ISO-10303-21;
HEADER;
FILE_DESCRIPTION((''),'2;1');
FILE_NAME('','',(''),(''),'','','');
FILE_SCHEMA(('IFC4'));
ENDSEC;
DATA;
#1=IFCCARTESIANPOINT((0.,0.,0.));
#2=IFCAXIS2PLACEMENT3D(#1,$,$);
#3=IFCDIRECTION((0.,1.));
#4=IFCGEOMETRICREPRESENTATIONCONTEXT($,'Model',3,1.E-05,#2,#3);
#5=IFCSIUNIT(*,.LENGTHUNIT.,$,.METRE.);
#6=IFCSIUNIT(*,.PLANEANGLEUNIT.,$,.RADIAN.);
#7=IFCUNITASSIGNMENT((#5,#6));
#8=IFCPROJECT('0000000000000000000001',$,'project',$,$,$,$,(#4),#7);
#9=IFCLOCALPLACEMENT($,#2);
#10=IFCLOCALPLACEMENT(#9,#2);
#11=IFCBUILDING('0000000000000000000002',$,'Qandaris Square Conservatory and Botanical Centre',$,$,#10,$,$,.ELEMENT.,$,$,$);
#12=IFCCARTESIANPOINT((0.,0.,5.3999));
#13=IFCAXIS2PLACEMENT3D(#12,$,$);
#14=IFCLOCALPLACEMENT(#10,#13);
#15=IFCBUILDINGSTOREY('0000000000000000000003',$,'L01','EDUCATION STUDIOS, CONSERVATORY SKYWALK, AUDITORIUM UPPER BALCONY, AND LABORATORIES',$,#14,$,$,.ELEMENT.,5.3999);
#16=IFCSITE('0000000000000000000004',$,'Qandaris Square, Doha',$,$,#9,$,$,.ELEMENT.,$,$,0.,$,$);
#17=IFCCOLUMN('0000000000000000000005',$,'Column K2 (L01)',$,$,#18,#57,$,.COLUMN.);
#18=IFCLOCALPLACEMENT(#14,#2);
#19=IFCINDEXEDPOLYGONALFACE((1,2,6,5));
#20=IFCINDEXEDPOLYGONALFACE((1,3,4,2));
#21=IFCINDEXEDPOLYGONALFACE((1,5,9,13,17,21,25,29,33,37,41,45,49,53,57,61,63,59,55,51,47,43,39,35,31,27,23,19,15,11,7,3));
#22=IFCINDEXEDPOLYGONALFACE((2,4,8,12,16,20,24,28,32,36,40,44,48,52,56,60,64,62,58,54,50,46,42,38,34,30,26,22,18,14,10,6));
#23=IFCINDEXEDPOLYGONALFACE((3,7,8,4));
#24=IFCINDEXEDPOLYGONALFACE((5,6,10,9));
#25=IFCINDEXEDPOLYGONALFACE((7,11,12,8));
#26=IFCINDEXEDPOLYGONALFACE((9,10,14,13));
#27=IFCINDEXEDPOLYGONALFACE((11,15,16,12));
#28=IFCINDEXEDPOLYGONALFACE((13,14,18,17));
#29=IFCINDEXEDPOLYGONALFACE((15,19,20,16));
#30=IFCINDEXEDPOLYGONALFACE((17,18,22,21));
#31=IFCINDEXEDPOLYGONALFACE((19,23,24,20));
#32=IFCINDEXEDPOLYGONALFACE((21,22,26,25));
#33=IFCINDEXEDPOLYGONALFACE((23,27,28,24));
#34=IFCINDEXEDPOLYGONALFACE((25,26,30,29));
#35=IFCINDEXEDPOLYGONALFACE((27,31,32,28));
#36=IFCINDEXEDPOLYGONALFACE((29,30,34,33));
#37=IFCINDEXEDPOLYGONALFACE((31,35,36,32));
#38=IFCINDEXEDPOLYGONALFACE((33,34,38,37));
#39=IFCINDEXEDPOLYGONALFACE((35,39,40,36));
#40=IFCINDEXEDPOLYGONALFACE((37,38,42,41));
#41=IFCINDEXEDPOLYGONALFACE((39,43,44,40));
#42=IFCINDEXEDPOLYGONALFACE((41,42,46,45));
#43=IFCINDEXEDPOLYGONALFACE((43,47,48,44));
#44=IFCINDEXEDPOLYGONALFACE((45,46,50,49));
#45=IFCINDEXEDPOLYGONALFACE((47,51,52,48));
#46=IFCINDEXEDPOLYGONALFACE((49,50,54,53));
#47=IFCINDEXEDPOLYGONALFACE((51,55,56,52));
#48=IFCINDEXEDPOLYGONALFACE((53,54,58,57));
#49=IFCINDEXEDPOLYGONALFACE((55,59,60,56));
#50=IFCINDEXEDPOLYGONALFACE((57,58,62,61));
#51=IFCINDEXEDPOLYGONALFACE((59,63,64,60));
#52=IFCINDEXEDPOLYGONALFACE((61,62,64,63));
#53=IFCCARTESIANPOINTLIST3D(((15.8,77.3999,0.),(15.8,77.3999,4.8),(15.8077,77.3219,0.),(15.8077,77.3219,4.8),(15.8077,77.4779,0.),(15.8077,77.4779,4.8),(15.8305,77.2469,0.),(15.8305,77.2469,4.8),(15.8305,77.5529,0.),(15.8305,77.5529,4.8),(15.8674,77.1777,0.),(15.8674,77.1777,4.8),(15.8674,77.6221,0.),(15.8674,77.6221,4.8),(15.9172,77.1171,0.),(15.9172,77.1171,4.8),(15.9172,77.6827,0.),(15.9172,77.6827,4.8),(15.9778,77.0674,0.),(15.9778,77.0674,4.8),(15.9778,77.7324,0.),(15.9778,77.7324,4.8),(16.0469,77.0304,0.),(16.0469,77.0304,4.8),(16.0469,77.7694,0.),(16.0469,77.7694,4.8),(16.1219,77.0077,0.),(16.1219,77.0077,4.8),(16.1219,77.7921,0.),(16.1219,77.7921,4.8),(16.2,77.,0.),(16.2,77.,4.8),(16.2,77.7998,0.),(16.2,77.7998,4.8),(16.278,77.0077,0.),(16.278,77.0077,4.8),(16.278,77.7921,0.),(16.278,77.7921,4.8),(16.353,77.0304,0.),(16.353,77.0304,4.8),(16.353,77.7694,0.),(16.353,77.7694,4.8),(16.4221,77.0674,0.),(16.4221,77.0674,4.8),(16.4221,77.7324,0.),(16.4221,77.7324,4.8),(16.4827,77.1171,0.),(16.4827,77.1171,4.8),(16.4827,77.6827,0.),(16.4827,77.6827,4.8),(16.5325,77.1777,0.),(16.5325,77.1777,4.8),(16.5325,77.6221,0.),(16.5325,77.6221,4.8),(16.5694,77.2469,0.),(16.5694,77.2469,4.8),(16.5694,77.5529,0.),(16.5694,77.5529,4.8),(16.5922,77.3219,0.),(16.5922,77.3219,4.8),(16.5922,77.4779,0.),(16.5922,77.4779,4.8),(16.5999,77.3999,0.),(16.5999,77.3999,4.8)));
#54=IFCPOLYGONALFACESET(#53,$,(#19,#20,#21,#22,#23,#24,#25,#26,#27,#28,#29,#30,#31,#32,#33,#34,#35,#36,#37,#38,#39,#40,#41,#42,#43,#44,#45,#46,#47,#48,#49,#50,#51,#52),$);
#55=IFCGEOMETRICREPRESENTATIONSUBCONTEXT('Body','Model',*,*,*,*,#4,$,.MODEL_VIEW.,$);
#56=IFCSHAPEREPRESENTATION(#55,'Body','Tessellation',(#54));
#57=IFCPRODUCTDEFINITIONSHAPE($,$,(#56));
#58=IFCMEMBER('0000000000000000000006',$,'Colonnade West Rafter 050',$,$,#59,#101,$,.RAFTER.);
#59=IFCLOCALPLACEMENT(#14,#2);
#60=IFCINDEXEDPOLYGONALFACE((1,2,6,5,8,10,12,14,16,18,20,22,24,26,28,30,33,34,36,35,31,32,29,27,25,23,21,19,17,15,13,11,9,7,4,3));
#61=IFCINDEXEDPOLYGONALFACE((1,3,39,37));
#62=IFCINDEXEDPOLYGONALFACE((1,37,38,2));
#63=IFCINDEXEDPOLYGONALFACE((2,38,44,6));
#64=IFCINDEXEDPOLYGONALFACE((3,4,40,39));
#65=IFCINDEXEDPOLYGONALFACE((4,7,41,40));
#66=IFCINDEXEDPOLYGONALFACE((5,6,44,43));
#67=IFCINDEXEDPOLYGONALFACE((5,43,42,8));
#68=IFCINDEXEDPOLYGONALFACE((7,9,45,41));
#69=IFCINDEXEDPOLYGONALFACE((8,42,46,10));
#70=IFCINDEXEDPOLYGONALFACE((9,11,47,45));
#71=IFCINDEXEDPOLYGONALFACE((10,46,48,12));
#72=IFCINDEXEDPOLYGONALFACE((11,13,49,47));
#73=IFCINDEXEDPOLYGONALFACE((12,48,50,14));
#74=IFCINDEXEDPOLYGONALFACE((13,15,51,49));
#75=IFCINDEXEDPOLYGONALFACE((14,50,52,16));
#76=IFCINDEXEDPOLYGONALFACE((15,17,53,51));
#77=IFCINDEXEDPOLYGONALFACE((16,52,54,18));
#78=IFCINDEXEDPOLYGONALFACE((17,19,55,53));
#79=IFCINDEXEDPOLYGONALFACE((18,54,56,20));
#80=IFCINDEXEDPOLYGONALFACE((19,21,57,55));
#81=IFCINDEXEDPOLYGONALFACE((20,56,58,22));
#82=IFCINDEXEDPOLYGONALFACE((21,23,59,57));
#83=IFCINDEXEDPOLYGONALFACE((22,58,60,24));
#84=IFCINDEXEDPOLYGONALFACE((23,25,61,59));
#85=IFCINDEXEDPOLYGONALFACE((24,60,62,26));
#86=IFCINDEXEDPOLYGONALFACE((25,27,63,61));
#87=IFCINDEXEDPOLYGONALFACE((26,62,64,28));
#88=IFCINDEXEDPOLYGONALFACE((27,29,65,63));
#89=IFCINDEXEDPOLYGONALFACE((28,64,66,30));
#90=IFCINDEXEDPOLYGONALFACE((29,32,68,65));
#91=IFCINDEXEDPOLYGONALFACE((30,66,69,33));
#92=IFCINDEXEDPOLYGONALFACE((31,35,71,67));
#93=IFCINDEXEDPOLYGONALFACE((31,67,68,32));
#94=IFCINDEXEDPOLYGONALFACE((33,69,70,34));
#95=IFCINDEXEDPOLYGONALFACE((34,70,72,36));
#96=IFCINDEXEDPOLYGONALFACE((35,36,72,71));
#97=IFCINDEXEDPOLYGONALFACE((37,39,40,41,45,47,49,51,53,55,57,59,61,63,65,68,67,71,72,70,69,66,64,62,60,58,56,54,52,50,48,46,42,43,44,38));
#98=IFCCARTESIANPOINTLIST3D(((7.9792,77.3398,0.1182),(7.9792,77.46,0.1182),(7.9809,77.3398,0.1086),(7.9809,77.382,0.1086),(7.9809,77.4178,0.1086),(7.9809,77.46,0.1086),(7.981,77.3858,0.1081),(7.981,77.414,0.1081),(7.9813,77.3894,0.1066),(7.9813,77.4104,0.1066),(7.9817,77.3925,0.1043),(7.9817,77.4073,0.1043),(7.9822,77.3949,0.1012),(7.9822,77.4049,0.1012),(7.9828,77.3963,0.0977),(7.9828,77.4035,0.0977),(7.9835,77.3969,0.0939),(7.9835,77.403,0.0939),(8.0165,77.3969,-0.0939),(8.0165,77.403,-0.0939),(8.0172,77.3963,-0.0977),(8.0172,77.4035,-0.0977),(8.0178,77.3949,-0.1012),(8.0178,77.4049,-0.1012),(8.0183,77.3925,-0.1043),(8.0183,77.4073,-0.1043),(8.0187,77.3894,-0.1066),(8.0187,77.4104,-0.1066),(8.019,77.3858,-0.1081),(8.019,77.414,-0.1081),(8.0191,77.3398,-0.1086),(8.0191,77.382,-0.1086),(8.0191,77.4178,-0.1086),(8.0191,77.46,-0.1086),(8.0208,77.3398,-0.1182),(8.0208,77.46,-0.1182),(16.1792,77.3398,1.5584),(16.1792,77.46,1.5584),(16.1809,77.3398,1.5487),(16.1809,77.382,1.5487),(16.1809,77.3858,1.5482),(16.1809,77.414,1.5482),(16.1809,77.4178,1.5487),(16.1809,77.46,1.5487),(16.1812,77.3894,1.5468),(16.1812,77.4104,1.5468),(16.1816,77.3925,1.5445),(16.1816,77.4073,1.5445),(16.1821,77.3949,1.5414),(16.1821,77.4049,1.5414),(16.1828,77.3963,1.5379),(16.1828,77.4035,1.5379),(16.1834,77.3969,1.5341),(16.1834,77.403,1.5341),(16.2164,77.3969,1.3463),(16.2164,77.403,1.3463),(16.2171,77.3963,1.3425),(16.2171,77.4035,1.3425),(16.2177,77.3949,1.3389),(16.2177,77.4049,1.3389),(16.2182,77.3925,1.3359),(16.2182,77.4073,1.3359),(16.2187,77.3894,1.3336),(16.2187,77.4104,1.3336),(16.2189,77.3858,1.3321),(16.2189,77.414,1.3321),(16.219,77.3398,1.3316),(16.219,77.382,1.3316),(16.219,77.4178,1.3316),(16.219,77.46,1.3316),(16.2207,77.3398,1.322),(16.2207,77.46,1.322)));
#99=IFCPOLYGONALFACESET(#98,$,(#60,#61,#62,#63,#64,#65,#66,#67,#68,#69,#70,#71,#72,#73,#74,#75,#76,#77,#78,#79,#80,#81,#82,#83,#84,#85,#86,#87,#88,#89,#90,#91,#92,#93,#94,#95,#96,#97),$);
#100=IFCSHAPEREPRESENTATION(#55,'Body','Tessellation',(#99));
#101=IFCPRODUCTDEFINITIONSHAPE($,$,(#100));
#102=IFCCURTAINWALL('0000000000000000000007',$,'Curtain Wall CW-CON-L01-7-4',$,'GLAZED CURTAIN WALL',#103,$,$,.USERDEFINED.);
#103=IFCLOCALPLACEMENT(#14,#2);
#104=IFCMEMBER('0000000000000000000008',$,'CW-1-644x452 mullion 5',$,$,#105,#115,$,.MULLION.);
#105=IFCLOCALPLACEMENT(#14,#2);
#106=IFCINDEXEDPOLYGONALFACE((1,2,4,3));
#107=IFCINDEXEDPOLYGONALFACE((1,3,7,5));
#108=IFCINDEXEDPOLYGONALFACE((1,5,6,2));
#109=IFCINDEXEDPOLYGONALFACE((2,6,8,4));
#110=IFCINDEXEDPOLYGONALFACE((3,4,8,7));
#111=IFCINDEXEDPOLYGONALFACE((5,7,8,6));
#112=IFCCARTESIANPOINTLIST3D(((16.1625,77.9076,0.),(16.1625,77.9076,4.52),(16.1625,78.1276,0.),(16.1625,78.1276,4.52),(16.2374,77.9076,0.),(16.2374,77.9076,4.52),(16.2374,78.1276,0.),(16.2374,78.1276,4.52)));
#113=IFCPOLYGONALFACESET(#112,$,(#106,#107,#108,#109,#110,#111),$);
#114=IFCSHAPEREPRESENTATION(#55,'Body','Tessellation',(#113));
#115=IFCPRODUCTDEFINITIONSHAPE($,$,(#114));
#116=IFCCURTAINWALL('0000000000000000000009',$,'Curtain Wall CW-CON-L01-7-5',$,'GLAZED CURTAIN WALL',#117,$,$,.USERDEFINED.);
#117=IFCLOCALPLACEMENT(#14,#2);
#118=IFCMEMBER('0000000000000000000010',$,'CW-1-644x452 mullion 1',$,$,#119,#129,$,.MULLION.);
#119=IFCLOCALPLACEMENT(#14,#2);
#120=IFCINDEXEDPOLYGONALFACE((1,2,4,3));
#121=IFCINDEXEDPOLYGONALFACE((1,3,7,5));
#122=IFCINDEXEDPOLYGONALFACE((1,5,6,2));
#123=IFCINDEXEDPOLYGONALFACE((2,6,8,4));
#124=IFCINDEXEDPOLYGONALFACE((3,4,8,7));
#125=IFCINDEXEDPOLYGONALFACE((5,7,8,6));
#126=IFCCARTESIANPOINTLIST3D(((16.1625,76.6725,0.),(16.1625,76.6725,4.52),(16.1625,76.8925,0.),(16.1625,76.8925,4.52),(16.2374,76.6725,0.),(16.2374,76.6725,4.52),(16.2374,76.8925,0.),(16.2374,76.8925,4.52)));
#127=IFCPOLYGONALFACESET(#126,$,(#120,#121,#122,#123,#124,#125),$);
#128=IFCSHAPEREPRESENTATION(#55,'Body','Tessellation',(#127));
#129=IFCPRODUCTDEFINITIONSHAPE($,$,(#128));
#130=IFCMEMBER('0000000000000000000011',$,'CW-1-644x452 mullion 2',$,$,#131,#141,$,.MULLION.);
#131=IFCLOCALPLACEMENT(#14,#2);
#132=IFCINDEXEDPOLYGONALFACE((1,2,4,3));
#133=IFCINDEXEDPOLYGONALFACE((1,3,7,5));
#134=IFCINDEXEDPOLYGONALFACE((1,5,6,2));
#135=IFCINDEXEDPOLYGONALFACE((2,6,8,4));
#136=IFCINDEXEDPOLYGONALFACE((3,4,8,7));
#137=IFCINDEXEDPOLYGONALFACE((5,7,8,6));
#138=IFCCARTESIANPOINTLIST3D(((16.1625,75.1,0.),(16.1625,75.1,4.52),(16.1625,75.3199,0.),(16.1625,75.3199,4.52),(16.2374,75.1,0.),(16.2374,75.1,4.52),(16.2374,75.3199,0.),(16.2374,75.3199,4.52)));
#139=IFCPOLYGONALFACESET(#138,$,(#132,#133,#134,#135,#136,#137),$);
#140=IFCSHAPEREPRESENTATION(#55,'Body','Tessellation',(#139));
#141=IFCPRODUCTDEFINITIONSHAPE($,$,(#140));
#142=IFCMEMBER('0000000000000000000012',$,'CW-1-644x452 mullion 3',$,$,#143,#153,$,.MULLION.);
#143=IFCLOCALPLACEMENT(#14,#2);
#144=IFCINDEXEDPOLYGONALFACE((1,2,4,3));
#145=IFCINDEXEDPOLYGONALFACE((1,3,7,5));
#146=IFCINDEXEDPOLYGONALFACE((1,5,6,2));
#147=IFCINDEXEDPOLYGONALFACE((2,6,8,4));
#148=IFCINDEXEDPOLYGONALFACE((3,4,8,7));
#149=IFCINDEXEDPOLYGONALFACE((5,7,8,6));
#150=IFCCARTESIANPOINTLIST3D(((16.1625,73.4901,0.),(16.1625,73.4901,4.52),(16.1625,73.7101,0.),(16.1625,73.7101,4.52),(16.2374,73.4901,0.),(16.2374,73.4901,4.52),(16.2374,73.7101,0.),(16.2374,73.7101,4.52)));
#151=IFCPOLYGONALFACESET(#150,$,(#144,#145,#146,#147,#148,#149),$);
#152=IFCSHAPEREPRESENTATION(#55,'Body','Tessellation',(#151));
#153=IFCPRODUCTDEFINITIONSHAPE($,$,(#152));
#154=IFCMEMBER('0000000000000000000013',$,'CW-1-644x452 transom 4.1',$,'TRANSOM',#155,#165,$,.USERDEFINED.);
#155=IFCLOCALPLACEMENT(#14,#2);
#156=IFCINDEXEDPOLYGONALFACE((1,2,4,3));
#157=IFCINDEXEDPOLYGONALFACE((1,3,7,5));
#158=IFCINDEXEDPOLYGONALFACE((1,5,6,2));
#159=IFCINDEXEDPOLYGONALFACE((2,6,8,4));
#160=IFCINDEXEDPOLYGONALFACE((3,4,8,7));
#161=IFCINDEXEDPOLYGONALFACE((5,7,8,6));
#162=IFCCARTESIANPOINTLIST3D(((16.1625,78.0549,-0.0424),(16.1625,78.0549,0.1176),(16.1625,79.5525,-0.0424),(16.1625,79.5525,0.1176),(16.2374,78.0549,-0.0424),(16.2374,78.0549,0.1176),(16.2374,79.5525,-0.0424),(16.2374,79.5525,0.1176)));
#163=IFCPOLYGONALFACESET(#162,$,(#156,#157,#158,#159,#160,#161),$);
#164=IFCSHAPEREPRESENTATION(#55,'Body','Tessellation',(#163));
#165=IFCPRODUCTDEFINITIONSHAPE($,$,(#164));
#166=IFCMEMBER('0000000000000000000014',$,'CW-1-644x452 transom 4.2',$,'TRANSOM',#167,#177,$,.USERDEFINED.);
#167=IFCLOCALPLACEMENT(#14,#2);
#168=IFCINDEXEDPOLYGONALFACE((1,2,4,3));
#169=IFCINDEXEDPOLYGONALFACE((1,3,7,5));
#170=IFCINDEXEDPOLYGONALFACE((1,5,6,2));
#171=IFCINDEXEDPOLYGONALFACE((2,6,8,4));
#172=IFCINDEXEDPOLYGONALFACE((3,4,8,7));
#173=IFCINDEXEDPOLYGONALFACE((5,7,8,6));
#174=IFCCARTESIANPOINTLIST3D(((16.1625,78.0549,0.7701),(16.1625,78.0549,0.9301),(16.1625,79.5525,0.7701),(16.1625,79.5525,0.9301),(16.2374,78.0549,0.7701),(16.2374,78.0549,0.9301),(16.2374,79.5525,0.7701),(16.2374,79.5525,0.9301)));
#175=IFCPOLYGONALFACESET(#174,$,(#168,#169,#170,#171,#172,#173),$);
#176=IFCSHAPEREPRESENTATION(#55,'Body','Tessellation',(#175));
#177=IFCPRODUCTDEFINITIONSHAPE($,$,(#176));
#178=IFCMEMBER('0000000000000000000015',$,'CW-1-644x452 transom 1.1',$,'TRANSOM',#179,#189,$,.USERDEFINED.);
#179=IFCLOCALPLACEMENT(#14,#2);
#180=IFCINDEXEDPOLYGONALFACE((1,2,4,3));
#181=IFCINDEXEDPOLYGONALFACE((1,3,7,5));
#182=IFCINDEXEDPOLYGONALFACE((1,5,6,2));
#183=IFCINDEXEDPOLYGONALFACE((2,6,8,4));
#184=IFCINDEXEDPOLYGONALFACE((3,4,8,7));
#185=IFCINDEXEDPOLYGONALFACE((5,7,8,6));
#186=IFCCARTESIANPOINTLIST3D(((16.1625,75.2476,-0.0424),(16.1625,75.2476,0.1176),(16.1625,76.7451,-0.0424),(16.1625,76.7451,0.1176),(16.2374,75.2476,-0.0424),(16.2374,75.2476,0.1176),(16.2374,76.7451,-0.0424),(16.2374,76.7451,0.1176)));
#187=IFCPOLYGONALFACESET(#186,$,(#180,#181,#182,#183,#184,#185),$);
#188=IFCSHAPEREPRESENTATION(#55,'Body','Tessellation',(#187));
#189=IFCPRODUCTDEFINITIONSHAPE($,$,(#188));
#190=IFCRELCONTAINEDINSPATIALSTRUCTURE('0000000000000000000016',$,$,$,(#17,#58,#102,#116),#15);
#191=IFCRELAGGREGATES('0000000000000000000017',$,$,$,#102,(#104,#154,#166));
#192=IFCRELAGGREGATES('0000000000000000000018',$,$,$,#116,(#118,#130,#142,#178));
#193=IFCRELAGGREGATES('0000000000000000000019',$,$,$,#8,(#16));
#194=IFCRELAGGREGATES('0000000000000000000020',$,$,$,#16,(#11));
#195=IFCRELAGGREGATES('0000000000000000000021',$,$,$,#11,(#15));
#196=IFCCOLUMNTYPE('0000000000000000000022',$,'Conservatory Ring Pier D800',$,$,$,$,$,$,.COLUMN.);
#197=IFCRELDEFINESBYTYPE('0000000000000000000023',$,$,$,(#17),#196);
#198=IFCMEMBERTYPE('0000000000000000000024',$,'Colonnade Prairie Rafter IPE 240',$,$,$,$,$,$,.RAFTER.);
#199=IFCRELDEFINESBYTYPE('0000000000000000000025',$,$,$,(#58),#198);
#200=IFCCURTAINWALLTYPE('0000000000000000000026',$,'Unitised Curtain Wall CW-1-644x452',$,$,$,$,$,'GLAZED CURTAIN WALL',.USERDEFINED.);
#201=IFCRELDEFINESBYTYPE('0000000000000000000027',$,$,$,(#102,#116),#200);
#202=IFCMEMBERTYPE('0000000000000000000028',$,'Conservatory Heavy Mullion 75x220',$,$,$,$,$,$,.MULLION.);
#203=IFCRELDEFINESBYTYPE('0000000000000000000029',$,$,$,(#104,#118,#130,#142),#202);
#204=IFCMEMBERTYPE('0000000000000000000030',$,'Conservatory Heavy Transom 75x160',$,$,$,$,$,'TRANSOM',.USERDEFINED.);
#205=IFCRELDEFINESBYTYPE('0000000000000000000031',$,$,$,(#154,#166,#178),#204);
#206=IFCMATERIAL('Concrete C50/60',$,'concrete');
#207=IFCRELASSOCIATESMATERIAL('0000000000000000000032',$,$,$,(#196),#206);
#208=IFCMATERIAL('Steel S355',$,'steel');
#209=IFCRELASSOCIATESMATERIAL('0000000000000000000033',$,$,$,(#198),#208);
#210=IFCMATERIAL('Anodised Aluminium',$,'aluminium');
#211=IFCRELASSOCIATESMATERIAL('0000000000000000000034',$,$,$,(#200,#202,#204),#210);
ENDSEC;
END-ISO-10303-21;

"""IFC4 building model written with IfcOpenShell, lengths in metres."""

from ifc_helpers import new_model, si_unit, direction, frame, origin, origin_2d, place, context, subcontext, project, spatial, rectangle, circle, i_section, extrude, material, material_profile, profile_set, type_object, element, aggregate, save


model = new_model("IFC4")

# Units and contexts
model_context = context("Model", 3, precision=1e-05, world=origin(), true_north=direction((0.0, 1.0)))
body_context = subcontext(model_context, "Body", "Model", "MODEL_VIEW")
ifc_project = project(units=[si_unit("LENGTHUNIT", "METRE"), si_unit("PLANEANGLEUNIT", "RADIAN")], contexts=[model_context])

# Site, building, storey
site_placement = place(None, origin())
site = spatial("IfcSite", under=ifc_project, at=site_placement, Name="Qandaris Square, Doha", CompositionType="ELEMENT", RefElevation=0.0)
building_placement = place(site_placement, origin())
building = spatial("IfcBuilding", under=site, at=building_placement, Name="Qandaris Square Conservatory and Botanical Centre", CompositionType="ELEMENT")
storey_placement = place(building_placement, frame((0.0, 0.0, 5.3999)))
storey = spatial("IfcBuildingStorey", under=building, at=storey_placement, Name="L01", Description="EDUCATION STUDIOS, CONSERVATORY SKYWALK, AUDITORIUM UPPER BALCONY, AND LABORATORIES", CompositionType="ELEMENT", Elevation=5.3999)

# Column
ifc_material_1 = material(Name="Concrete C50/60", Category="concrete")
ifc_material_profile_1 = material_profile(ifc_material_1, circle(Radius=0.3999, at=origin_2d()), Name="RC-COL D800")
ifc_profile_set_1 = profile_set([ifc_material_profile_1], Name="Concrete C50/60")
column_type = type_object("IfcColumnType", Name="Conservatory Ring Pier D800", PredefinedType="COLUMN", material=ifc_profile_set_1)
column_placement = place(storey_placement, frame((16.2, 77.3999, 0.0), z_axis=(0.0, 0.0, 1.0), x_axis=(1.0, 0.0, 0.0)))
element("IfcColumn", 1, at=column_placement, inside=storey, type_object=column_type, Name="Column K2 (L01)", PredefinedType="COLUMN", context=body_context, shape_type="SweptSolid", body=[
    extrude(circle(Radius=0.3999, at=origin_2d()), origin(), (0.0, 0.0, 1.0), 4.8),
])

# Member
ifc_material_2 = material(Name="Steel S355", Category="steel")
ifc_material_profile_2 = material_profile(ifc_material_2, i_section(OverallWidth=0.1201, OverallDepth=0.24, WebThickness=0.0061, FlangeThickness=0.0098, FilletRadius=0.0149, at=origin_2d()), Name="IPE 240")
ifc_profile_set_2 = profile_set([ifc_material_profile_2], Name="Steel S355")
member_type_1 = type_object("IfcMemberType", Name="Colonnade Prairie Rafter IPE 240", PredefinedType="RAFTER", material=ifc_profile_set_2)
member_1_placement = place(storey_placement, frame((8.0, 77.3999, 0.0), z_axis=(0.984924, 0.0, 0.172986), x_axis=(0.0, 1.0, 0.0)))
element("IfcMember", 2, at=member_1_placement, inside=storey, type_object=member_type_1, Name="Colonnade West Rafter 050", PredefinedType="RAFTER", context=body_context, shape_type="SweptSolid", body=[
    extrude(i_section(OverallWidth=0.1201, OverallDepth=0.24, WebThickness=0.0061, FlangeThickness=0.0098, FilletRadius=0.0149, at=origin_2d()), origin(), (0.0, 0.0, 1.0), 8.3254),
])

# Curtain wall, member
ifc_material_3 = material(Name="Anodised Aluminium", Category="aluminium")
curtain_wall_type = type_object("IfcCurtainWallType", Name="Unitised Curtain Wall CW-1-644x452", ElementType="GLAZED CURTAIN WALL", PredefinedType="USERDEFINED", material=ifc_material_3)
curtain_wall_1_placement = place(storey_placement, origin())
curtain_wall_1 = element("IfcCurtainWall", 3, at=curtain_wall_1_placement, inside=storey, type_object=curtain_wall_type, Name="Curtain Wall CW-CON-L01-7-4", ObjectType="GLAZED CURTAIN WALL", PredefinedType="USERDEFINED")
ifc_material_profile_3 = material_profile(ifc_material_3, rectangle(XDim=0.075, YDim=0.22, at=origin_2d()), Name="ALU-MUL 75x220")
ifc_profile_set_3 = profile_set([ifc_material_profile_3], Name="Anodised Aluminium")
member_type_2 = type_object("IfcMemberType", Name="Conservatory Heavy Mullion 75x220", PredefinedType="MULLION", material=ifc_profile_set_3)
member_2_placement = place(storey_placement, frame((16.2, 78.0176, 0.0), z_axis=(0.0, 0.0, 1.0), x_axis=(1.0, 0.0, 0.0)))
member_2 = element("IfcMember", 4, at=member_2_placement, type_object=member_type_2, Name="CW-1-644x452 mullion 5", PredefinedType="MULLION", context=body_context, shape_type="SweptSolid", body=[
    extrude(rectangle(XDim=0.075, YDim=0.22, at=origin_2d()), origin(), (0.0, 0.0, 1.0), 4.52),
])

# Curtain wall, members
curtain_wall_2_placement = place(storey_placement, origin())
curtain_wall_2 = element("IfcCurtainWall", 5, at=curtain_wall_2_placement, inside=storey, type_object=curtain_wall_type, Name="Curtain Wall CW-CON-L01-7-5", ObjectType="GLAZED CURTAIN WALL", PredefinedType="USERDEFINED")
member_3_placement = place(storey_placement, frame((16.2, 76.7825, 0.0), z_axis=(0.0, 0.0, 1.0), x_axis=(1.0, 0.0, 0.0)))
member_3 = element("IfcMember", 6, at=member_3_placement, type_object=member_type_2, Name="CW-1-644x452 mullion 1", PredefinedType="MULLION", context=body_context, shape_type="SweptSolid", body=[
    extrude(rectangle(XDim=0.075, YDim=0.22, at=origin_2d()), origin(), (0.0, 0.0, 1.0), 4.52),
])
member_4_placement = place(storey_placement, frame((16.2, 75.21, 0.0), z_axis=(0.0, 0.0, 1.0), x_axis=(1.0, 0.0, 0.0)))
member_4 = element("IfcMember", 7, at=member_4_placement, type_object=member_type_2, Name="CW-1-644x452 mullion 2", PredefinedType="MULLION", context=body_context, shape_type="SweptSolid", body=[
    extrude(rectangle(XDim=0.075, YDim=0.22, at=origin_2d()), origin(), (0.0, 0.0, 1.0), 4.52),
])
member_5_placement = place(storey_placement, frame((16.2, 73.6001, 0.0), z_axis=(0.0, 0.0, 1.0), x_axis=(1.0, 0.0, 0.0)))
member_5 = element("IfcMember", 8, at=member_5_placement, type_object=member_type_2, Name="CW-1-644x452 mullion 3", PredefinedType="MULLION", context=body_context, shape_type="SweptSolid", body=[
    extrude(rectangle(XDim=0.075, YDim=0.22, at=origin_2d()), origin(), (0.0, 0.0, 1.0), 4.52),
])

# Members
ifc_material_profile_4 = material_profile(ifc_material_3, rectangle(XDim=0.075, YDim=0.1599, at=origin_2d()), Name="ALU-TRN 75x160")
ifc_profile_set_4 = profile_set([ifc_material_profile_4], Name="Anodised Aluminium")
member_type_3 = type_object("IfcMemberType", Name="Conservatory Heavy Transom 75x160", ElementType="TRANSOM", PredefinedType="USERDEFINED", material=ifc_profile_set_4)
member_6_placement = place(storey_placement, frame((16.2, 79.5525, 0.0376), z_axis=(0.0, -1.0, 0.0), x_axis=(1.0, 0.0, 0.0)))
member_6 = element("IfcMember", 9, at=member_6_placement, type_object=member_type_3, Name="CW-1-644x452 transom 4.1", ObjectType="TRANSOM", PredefinedType="USERDEFINED", context=body_context, shape_type="SweptSolid", body=[
    extrude(rectangle(XDim=0.075, YDim=0.1599, at=origin_2d()), origin(), (0.0, 0.0, 1.0), 1.4976),
])
member_7_placement = place(storey_placement, frame((16.2, 79.5525, 0.8501), z_axis=(0.0, -1.0, 0.0), x_axis=(1.0, 0.0, 0.0)))
member_7 = element("IfcMember", 10, at=member_7_placement, type_object=member_type_3, Name="CW-1-644x452 transom 4.2", ObjectType="TRANSOM", PredefinedType="USERDEFINED", context=body_context, shape_type="SweptSolid", body=[
    extrude(rectangle(XDim=0.075, YDim=0.1599, at=origin_2d()), origin(), (0.0, 0.0, 1.0), 1.4976),
])
member_8_placement = place(storey_placement, frame((16.2, 76.7451, 0.0376), z_axis=(0.0, -1.0, 0.0), x_axis=(1.0, 0.0, 0.0)))
member_8 = element("IfcMember", 11, at=member_8_placement, type_object=member_type_3, Name="CW-1-644x452 transom 1.1", ObjectType="TRANSOM", PredefinedType="USERDEFINED", context=body_context, shape_type="SweptSolid", body=[
    extrude(rectangle(XDim=0.075, YDim=0.1599, at=origin_2d()), origin(), (0.0, 0.0, 1.0), 1.4976),
])

aggregate(curtain_wall_1, [member_2, member_6, member_7])
aggregate(curtain_wall_2, [member_3, member_4, member_5, member_8])

save(model, "model.ifc")
